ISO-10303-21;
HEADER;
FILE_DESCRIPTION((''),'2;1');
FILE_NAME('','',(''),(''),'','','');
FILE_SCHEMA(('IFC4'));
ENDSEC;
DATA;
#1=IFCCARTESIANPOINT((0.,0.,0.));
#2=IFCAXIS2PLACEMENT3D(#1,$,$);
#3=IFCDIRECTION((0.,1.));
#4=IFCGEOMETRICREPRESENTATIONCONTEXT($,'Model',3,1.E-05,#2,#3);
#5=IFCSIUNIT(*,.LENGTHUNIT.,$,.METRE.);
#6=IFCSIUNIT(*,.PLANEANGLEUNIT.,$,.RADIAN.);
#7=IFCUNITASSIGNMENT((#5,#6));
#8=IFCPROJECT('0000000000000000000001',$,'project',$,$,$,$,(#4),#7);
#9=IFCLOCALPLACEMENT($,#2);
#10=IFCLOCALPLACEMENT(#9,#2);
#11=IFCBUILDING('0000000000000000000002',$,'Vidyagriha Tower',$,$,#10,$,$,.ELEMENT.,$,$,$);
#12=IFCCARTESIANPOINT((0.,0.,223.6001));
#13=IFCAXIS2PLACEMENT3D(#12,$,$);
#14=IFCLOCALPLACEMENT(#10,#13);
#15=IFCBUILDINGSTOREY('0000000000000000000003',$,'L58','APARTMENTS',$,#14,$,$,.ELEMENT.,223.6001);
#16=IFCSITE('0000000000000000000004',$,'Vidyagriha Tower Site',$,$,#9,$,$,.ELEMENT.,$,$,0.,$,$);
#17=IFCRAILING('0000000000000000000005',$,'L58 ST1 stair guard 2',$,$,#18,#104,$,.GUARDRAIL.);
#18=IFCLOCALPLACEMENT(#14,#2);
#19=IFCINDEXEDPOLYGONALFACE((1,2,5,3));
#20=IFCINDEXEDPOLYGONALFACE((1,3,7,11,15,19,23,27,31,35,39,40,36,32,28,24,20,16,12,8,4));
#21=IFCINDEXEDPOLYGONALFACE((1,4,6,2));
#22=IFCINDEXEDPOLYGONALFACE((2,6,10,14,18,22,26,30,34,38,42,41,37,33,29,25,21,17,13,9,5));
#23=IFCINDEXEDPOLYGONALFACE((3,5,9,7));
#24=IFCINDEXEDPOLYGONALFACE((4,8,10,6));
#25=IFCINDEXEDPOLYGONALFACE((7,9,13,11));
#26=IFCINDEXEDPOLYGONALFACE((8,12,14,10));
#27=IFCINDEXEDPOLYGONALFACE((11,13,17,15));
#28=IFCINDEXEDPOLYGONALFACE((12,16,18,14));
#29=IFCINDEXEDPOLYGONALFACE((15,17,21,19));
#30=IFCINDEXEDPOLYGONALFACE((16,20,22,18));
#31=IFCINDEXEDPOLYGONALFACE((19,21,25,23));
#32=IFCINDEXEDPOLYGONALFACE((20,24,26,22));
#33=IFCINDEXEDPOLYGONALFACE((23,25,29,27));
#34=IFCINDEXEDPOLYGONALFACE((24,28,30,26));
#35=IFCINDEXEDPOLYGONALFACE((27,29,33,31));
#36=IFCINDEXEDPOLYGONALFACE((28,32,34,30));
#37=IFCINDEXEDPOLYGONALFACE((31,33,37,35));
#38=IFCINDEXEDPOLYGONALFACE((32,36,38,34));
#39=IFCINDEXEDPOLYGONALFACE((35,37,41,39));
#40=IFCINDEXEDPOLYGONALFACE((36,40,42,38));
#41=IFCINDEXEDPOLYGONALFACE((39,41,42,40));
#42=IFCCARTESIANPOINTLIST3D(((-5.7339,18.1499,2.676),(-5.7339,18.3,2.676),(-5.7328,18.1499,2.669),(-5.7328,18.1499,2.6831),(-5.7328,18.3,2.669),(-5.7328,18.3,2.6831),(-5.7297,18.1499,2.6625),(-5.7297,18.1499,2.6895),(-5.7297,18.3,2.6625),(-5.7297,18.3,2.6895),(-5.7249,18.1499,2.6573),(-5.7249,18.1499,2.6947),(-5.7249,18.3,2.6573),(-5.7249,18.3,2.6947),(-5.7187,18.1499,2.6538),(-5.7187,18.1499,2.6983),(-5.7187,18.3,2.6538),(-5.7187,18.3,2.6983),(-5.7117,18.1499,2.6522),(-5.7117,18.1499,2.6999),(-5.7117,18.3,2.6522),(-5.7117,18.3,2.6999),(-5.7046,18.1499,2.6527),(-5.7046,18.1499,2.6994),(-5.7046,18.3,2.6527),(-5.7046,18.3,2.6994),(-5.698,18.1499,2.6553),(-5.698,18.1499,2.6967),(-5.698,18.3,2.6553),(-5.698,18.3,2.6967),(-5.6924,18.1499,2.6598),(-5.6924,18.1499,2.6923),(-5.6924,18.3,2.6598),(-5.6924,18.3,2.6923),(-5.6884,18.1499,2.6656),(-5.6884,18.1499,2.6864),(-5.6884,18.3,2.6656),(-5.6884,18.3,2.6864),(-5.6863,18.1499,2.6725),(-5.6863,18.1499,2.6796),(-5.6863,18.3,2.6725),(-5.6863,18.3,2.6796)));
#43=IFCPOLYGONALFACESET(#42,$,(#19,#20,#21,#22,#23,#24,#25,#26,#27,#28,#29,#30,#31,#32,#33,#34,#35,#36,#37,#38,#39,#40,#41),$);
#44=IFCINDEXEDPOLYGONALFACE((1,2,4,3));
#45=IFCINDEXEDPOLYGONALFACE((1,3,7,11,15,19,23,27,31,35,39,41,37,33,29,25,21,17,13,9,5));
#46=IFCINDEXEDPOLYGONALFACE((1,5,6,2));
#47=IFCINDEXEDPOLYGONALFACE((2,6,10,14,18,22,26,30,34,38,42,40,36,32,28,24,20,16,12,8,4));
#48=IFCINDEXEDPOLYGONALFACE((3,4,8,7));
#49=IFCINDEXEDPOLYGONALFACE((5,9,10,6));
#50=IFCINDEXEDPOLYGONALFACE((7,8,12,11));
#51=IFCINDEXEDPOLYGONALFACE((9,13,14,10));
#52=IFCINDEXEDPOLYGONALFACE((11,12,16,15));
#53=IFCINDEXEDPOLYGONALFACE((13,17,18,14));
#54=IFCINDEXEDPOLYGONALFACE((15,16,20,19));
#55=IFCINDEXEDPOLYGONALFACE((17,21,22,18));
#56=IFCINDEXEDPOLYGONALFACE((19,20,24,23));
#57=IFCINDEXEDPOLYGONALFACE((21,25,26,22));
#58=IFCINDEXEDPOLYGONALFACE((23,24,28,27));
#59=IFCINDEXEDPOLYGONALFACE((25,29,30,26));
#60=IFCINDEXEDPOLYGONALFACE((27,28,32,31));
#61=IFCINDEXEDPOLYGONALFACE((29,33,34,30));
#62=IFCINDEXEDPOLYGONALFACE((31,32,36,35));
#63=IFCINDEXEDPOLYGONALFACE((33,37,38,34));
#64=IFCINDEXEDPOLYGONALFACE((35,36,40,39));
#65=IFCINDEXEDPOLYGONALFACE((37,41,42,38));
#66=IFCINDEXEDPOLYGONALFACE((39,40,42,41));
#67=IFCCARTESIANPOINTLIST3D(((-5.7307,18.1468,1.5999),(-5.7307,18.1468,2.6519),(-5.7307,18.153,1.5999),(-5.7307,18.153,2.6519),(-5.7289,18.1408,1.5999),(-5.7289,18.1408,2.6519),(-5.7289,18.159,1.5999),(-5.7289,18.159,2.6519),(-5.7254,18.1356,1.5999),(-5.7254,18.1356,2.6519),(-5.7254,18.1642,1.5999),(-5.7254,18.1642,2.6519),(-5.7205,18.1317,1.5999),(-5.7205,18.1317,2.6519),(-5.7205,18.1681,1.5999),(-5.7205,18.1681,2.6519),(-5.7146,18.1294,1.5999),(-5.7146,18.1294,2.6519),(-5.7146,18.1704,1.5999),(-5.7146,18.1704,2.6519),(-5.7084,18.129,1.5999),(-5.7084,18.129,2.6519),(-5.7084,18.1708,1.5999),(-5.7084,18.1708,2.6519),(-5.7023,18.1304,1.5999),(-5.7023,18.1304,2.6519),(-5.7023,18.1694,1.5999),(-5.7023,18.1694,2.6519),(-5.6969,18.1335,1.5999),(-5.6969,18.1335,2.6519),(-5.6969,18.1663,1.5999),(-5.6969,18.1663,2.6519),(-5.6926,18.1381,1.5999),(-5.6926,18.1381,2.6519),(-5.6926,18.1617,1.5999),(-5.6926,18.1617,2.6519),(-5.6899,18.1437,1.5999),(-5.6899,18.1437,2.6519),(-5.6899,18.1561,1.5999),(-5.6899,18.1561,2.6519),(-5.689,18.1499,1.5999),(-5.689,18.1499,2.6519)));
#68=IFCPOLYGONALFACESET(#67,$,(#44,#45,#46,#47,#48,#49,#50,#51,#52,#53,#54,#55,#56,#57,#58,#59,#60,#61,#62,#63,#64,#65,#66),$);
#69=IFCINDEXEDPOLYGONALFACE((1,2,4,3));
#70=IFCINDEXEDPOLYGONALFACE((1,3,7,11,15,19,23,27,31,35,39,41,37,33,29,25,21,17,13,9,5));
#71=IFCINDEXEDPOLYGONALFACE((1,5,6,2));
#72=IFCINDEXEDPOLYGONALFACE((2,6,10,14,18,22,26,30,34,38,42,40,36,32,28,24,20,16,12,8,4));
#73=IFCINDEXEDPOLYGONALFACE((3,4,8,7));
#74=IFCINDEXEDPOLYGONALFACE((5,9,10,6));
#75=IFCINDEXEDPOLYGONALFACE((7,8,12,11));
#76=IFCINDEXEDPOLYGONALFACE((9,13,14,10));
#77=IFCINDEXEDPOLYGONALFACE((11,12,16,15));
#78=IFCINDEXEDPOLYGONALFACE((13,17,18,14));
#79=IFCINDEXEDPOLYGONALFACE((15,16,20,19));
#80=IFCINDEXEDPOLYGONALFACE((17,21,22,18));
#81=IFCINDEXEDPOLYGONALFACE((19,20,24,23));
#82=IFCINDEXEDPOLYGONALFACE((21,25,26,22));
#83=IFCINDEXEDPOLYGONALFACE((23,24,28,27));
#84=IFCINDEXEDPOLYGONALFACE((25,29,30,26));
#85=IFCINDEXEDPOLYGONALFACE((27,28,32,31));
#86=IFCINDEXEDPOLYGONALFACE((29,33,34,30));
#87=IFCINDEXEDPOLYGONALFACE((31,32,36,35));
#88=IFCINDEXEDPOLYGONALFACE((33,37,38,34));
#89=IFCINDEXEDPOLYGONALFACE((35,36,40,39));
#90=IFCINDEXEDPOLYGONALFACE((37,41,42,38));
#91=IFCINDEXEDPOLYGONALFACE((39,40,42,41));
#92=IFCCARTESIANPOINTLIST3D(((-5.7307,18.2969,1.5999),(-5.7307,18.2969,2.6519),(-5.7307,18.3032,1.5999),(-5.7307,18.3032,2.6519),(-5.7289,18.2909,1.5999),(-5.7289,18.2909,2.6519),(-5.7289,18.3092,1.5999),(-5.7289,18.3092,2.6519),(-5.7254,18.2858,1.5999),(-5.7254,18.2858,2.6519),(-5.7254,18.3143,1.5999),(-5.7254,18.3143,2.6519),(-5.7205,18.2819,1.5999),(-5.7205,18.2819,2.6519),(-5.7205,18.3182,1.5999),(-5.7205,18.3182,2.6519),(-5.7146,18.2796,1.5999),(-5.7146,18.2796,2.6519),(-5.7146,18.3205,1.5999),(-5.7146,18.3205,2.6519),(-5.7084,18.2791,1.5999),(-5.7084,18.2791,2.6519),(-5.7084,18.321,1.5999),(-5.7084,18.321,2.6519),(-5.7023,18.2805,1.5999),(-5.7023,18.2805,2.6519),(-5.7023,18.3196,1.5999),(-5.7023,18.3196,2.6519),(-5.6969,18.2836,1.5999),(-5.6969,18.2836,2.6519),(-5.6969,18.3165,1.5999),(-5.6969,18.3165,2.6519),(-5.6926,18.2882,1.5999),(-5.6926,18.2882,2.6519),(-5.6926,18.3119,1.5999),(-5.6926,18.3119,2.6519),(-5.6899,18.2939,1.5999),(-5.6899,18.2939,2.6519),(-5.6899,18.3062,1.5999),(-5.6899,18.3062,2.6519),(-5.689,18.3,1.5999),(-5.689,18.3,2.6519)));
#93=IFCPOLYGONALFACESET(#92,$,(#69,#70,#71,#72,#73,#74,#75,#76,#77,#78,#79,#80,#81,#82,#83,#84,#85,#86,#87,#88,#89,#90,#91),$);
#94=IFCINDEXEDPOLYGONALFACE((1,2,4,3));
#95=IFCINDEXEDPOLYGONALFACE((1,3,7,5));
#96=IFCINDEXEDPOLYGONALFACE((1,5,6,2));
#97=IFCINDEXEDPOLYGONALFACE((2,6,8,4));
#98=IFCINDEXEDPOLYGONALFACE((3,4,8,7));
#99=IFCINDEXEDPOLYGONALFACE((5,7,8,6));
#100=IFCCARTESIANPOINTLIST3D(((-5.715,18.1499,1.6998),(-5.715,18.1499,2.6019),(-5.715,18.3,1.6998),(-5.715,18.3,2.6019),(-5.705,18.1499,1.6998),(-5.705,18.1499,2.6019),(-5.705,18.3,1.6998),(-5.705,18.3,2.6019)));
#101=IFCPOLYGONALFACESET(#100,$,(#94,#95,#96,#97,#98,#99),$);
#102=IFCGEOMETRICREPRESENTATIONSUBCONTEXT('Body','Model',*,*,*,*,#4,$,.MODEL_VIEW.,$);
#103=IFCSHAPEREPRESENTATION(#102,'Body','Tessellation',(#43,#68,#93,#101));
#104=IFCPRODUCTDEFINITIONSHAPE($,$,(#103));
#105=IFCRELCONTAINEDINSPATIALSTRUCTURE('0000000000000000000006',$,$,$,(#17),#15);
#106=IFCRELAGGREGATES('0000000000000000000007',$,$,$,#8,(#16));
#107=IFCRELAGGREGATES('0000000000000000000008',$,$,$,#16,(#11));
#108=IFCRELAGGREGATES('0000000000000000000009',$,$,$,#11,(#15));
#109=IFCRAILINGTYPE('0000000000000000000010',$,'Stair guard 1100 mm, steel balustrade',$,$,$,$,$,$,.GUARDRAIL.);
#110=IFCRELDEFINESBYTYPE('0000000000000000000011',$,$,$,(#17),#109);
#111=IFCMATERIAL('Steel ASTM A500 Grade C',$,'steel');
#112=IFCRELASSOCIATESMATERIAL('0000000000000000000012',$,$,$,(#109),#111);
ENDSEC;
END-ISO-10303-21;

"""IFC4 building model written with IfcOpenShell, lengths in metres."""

from ifc_helpers import new_model, si_unit, direction, frame, origin, origin_2d, place, context, subcontext, project, spatial, rectangle, circle, extrude, material, type_object, element, save


model = new_model("IFC4")

# Units and contexts
model_context = context("Model", 3, precision=1e-05, world=origin(), true_north=direction((0.0, 1.0)))
body_context = subcontext(model_context, "Body", "Model", "MODEL_VIEW")
ifc_project = project(units=[si_unit("LENGTHUNIT", "METRE"), si_unit("PLANEANGLEUNIT", "RADIAN")], contexts=[model_context])

# Site, building, storey
site_placement = place(None, origin())
site = spatial("IfcSite", under=ifc_project, at=site_placement, Name="Vidyagriha Tower Site", CompositionType="ELEMENT", RefElevation=0.0)
building_placement = place(site_placement, origin())
building = spatial("IfcBuilding", under=site, at=building_placement, Name="Vidyagriha Tower", CompositionType="ELEMENT")
storey_placement = place(building_placement, frame((0.0, 0.0, 223.6001)))
storey = spatial("IfcBuildingStorey", under=building, at=storey_placement, Name="L58", Description="APARTMENTS", CompositionType="ELEMENT", Elevation=223.6001)

# Railing
ifc_material_1 = material(Name="Steel ASTM A500 Grade C", Category="steel")
railing_type_1 = type_object("IfcRailingType", Name="Stair guard 1100 mm, steel balustrade", PredefinedType="GUARDRAIL", material=ifc_material_1)
railing_1_placement = place(storey_placement, frame((-5.71, 18.1499, 1.5999)))
element("IfcRailing", 1, at=railing_1_placement, inside=storey, type_object=railing_type_1, Name="L58 ST1 stair guard 2", PredefinedType="GUARDRAIL", context=body_context, shape_type="SweptSolid", body=[
    extrude(circle(Radius=0.0239, at=origin_2d()), frame((0.0, 0.0, 1.0762), z_axis=(0.0, 1.0, 0.0), x_axis=(-1.0, 0.0, 0.0)), (0.0, 0.0, 1.0), 0.1501),
    extrude(circle(Radius=0.021, at=origin_2d()), origin(), (0.0, 0.0, 1.0), 1.052),
    extrude(circle(Radius=0.021, at=origin_2d()), frame((0.0, 0.1501, 0.0)), (0.0, 0.0, 1.0), 1.052),
    extrude(rectangle(XDim=0.01, YDim=0.9021, at=origin_2d()), frame((0.0, 0.0, 0.551), z_axis=(0.0, 1.0, 0.0), x_axis=(-1.0, 0.0, 0.0)), (0.0, 0.0, 1.0), 0.1501),
])

save(model, "model.ifc")
